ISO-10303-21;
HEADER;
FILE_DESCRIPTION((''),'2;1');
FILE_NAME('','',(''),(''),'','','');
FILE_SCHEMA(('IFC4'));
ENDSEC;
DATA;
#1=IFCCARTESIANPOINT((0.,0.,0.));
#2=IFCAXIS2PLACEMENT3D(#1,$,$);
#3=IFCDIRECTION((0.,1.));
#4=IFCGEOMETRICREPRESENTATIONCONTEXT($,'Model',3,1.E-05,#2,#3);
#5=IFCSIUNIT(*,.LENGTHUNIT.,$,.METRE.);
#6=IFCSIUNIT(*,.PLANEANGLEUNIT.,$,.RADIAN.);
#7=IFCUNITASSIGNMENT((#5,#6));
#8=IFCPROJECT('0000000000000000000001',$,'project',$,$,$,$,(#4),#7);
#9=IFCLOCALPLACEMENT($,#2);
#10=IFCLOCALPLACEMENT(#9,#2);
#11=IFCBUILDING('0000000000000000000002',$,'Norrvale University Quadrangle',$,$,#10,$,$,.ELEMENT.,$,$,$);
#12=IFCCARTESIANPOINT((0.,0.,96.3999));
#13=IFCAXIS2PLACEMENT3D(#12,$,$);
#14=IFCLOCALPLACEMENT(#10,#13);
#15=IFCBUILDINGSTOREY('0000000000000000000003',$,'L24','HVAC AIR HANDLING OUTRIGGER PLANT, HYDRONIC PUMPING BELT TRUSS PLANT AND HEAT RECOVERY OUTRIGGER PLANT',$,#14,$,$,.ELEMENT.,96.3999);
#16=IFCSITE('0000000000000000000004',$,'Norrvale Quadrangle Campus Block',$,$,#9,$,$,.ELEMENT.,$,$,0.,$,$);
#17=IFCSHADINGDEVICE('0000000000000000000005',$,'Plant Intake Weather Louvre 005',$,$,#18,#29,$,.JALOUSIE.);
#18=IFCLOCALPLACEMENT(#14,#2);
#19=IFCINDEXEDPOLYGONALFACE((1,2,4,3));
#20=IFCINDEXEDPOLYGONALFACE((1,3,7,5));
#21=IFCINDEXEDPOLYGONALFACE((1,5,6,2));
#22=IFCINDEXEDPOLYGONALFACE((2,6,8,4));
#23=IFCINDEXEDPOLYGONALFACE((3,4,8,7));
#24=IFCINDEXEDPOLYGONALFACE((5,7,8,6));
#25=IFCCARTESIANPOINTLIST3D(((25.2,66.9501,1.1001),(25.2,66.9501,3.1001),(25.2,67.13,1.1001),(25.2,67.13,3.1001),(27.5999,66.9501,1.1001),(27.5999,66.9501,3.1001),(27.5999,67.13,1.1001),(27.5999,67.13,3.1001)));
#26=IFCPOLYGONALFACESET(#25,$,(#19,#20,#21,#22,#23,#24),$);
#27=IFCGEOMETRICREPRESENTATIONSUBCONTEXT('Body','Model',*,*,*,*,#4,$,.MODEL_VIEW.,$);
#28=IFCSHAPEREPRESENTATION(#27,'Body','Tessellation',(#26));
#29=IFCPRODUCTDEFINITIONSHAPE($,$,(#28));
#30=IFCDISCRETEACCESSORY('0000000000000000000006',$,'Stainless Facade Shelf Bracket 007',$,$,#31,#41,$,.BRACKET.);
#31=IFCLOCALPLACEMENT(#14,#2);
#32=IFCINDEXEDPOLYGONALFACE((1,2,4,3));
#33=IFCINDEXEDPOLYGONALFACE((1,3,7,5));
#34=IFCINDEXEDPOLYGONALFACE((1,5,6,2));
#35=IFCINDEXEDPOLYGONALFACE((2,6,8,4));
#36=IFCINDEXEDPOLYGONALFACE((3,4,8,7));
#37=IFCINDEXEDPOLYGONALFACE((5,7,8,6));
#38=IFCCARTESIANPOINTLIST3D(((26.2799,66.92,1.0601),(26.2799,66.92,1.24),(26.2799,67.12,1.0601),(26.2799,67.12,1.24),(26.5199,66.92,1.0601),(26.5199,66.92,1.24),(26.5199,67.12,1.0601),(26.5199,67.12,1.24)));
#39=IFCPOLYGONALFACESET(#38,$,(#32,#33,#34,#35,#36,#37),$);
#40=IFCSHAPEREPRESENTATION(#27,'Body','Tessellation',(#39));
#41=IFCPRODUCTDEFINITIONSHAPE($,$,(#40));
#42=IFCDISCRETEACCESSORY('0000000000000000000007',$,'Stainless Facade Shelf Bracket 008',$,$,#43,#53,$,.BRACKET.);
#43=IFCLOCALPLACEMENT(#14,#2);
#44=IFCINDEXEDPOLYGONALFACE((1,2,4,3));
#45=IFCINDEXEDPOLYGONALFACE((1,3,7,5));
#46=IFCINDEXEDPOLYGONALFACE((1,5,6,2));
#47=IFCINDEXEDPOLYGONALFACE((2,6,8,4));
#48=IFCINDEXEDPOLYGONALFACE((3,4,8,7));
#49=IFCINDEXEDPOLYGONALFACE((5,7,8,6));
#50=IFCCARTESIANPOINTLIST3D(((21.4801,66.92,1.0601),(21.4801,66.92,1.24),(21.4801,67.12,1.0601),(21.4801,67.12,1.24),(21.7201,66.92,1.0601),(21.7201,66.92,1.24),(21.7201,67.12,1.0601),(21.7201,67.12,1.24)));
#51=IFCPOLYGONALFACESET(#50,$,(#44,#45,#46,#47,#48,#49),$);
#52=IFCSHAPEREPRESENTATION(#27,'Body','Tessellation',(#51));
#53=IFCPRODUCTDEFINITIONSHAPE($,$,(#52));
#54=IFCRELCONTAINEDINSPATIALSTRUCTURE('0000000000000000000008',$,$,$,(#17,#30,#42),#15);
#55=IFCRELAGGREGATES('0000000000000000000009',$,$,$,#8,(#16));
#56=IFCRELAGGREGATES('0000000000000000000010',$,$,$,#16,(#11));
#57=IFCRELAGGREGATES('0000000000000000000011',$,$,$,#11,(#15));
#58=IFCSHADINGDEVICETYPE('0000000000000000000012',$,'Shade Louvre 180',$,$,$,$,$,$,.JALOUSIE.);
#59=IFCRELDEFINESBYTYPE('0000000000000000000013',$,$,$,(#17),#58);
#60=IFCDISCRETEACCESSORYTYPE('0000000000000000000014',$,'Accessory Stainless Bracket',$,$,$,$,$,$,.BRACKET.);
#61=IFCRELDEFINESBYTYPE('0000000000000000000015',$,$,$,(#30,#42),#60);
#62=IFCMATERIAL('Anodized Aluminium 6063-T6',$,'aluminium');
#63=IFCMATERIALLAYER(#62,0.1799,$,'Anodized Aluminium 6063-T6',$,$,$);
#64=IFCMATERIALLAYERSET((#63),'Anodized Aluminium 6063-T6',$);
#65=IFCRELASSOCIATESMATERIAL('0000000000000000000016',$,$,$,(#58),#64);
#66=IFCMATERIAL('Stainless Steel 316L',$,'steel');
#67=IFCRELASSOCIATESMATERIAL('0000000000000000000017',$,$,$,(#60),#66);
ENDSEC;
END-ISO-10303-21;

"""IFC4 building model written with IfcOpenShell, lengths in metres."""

from ifc_helpers import new_model, si_unit, direction, frame, origin, origin_2d, place, context, subcontext, project, spatial, rectangle, extrude, material, layer, layer_set, type_object, element, save


model = new_model("IFC4")

# Units and contexts
model_context = context("Model", 3, precision=1e-05, world=origin(), true_north=direction((0.0, 1.0)))
body_context = subcontext(model_context, "Body", "Model", "MODEL_VIEW")
ifc_project = project(units=[si_unit("LENGTHUNIT", "METRE"), si_unit("PLANEANGLEUNIT", "RADIAN")], contexts=[model_context])

# Site, building, storey
site_placement = place(None, origin())
site = spatial("IfcSite", under=ifc_project, at=site_placement, Name="Norrvale Quadrangle Campus Block", CompositionType="ELEMENT", RefElevation=0.0)
building_placement = place(site_placement, origin())
building = spatial("IfcBuilding", under=site, at=building_placement, Name="Norrvale University Quadrangle", CompositionType="ELEMENT")
storey_placement = place(building_placement, frame((0.0, 0.0, 96.3999)))
storey = spatial("IfcBuildingStorey", under=building, at=storey_placement, Name="L24", Description="HVAC AIR HANDLING OUTRIGGER PLANT, HYDRONIC PUMPING BELT TRUSS PLANT AND HEAT RECOVERY OUTRIGGER PLANT", CompositionType="ELEMENT", Elevation=96.3999)

# Shading device
ifc_material_1 = material(Name="Anodized Aluminium 6063-T6", Category="aluminium")
ifc_layer_1 = layer(ifc_material_1, 0.1799, Name="Anodized Aluminium 6063-T6")
ifc_layer_set_1 = layer_set([ifc_layer_1], Name="Anodized Aluminium 6063-T6")
shading_device_type = type_object("IfcShadingDeviceType", Name="Shade Louvre 180", PredefinedType="JALOUSIE", material=ifc_layer_set_1)
shading_device_placement = place(storey_placement, frame((26.3999, 67.04, 1.1001), z_axis=(0.0, 0.0, 1.0), x_axis=(-1.0, 0.0, 0.0)))
element("IfcShadingDevice", 1, at=shading_device_placement, inside=storey, type_object=shading_device_type, Name="Plant Intake Weather Louvre 005", PredefinedType="JALOUSIE", context=body_context, shape_type="SweptSolid", body=[
    extrude(rectangle(XDim=2.3999, YDim=0.1799, at=origin_2d()), origin(), (0.0, 0.0, 1.0), 2.0),
])

# Discrete accessories
ifc_material_2 = material(Name="Stainless Steel 316L", Category="steel")
discrete_accessory_type = type_object("IfcDiscreteAccessoryType", Name="Accessory Stainless Bracket", PredefinedType="BRACKET", material=ifc_material_2)
for number, where, z_axis, x_axis, name in (
    (2, (26.3999, 67.02, 1.0601), (0.0, 0.0, 1.0), (-1.0, 0.0, 0.0), "Stainless Facade Shelf Bracket 007"),
    (3, (21.6001, 67.02, 1.0601), (0.0, 0.0, 1.0), (-1.0, 0.0, 0.0), "Stainless Facade Shelf Bracket 008"),
):
    element("IfcDiscreteAccessory", number, at=place(storey_placement, frame(where, z_axis=z_axis, x_axis=x_axis)), inside=storey, type_object=discrete_accessory_type, Name=name, PredefinedType="BRACKET", context=body_context, shape_type="SweptSolid", body=[
        extrude(rectangle(XDim=0.24, YDim=0.2, at=origin_2d()), origin(), (0.0, 0.0, 1.0), 0.1799),
    ])

save(model, "model.ifc")
